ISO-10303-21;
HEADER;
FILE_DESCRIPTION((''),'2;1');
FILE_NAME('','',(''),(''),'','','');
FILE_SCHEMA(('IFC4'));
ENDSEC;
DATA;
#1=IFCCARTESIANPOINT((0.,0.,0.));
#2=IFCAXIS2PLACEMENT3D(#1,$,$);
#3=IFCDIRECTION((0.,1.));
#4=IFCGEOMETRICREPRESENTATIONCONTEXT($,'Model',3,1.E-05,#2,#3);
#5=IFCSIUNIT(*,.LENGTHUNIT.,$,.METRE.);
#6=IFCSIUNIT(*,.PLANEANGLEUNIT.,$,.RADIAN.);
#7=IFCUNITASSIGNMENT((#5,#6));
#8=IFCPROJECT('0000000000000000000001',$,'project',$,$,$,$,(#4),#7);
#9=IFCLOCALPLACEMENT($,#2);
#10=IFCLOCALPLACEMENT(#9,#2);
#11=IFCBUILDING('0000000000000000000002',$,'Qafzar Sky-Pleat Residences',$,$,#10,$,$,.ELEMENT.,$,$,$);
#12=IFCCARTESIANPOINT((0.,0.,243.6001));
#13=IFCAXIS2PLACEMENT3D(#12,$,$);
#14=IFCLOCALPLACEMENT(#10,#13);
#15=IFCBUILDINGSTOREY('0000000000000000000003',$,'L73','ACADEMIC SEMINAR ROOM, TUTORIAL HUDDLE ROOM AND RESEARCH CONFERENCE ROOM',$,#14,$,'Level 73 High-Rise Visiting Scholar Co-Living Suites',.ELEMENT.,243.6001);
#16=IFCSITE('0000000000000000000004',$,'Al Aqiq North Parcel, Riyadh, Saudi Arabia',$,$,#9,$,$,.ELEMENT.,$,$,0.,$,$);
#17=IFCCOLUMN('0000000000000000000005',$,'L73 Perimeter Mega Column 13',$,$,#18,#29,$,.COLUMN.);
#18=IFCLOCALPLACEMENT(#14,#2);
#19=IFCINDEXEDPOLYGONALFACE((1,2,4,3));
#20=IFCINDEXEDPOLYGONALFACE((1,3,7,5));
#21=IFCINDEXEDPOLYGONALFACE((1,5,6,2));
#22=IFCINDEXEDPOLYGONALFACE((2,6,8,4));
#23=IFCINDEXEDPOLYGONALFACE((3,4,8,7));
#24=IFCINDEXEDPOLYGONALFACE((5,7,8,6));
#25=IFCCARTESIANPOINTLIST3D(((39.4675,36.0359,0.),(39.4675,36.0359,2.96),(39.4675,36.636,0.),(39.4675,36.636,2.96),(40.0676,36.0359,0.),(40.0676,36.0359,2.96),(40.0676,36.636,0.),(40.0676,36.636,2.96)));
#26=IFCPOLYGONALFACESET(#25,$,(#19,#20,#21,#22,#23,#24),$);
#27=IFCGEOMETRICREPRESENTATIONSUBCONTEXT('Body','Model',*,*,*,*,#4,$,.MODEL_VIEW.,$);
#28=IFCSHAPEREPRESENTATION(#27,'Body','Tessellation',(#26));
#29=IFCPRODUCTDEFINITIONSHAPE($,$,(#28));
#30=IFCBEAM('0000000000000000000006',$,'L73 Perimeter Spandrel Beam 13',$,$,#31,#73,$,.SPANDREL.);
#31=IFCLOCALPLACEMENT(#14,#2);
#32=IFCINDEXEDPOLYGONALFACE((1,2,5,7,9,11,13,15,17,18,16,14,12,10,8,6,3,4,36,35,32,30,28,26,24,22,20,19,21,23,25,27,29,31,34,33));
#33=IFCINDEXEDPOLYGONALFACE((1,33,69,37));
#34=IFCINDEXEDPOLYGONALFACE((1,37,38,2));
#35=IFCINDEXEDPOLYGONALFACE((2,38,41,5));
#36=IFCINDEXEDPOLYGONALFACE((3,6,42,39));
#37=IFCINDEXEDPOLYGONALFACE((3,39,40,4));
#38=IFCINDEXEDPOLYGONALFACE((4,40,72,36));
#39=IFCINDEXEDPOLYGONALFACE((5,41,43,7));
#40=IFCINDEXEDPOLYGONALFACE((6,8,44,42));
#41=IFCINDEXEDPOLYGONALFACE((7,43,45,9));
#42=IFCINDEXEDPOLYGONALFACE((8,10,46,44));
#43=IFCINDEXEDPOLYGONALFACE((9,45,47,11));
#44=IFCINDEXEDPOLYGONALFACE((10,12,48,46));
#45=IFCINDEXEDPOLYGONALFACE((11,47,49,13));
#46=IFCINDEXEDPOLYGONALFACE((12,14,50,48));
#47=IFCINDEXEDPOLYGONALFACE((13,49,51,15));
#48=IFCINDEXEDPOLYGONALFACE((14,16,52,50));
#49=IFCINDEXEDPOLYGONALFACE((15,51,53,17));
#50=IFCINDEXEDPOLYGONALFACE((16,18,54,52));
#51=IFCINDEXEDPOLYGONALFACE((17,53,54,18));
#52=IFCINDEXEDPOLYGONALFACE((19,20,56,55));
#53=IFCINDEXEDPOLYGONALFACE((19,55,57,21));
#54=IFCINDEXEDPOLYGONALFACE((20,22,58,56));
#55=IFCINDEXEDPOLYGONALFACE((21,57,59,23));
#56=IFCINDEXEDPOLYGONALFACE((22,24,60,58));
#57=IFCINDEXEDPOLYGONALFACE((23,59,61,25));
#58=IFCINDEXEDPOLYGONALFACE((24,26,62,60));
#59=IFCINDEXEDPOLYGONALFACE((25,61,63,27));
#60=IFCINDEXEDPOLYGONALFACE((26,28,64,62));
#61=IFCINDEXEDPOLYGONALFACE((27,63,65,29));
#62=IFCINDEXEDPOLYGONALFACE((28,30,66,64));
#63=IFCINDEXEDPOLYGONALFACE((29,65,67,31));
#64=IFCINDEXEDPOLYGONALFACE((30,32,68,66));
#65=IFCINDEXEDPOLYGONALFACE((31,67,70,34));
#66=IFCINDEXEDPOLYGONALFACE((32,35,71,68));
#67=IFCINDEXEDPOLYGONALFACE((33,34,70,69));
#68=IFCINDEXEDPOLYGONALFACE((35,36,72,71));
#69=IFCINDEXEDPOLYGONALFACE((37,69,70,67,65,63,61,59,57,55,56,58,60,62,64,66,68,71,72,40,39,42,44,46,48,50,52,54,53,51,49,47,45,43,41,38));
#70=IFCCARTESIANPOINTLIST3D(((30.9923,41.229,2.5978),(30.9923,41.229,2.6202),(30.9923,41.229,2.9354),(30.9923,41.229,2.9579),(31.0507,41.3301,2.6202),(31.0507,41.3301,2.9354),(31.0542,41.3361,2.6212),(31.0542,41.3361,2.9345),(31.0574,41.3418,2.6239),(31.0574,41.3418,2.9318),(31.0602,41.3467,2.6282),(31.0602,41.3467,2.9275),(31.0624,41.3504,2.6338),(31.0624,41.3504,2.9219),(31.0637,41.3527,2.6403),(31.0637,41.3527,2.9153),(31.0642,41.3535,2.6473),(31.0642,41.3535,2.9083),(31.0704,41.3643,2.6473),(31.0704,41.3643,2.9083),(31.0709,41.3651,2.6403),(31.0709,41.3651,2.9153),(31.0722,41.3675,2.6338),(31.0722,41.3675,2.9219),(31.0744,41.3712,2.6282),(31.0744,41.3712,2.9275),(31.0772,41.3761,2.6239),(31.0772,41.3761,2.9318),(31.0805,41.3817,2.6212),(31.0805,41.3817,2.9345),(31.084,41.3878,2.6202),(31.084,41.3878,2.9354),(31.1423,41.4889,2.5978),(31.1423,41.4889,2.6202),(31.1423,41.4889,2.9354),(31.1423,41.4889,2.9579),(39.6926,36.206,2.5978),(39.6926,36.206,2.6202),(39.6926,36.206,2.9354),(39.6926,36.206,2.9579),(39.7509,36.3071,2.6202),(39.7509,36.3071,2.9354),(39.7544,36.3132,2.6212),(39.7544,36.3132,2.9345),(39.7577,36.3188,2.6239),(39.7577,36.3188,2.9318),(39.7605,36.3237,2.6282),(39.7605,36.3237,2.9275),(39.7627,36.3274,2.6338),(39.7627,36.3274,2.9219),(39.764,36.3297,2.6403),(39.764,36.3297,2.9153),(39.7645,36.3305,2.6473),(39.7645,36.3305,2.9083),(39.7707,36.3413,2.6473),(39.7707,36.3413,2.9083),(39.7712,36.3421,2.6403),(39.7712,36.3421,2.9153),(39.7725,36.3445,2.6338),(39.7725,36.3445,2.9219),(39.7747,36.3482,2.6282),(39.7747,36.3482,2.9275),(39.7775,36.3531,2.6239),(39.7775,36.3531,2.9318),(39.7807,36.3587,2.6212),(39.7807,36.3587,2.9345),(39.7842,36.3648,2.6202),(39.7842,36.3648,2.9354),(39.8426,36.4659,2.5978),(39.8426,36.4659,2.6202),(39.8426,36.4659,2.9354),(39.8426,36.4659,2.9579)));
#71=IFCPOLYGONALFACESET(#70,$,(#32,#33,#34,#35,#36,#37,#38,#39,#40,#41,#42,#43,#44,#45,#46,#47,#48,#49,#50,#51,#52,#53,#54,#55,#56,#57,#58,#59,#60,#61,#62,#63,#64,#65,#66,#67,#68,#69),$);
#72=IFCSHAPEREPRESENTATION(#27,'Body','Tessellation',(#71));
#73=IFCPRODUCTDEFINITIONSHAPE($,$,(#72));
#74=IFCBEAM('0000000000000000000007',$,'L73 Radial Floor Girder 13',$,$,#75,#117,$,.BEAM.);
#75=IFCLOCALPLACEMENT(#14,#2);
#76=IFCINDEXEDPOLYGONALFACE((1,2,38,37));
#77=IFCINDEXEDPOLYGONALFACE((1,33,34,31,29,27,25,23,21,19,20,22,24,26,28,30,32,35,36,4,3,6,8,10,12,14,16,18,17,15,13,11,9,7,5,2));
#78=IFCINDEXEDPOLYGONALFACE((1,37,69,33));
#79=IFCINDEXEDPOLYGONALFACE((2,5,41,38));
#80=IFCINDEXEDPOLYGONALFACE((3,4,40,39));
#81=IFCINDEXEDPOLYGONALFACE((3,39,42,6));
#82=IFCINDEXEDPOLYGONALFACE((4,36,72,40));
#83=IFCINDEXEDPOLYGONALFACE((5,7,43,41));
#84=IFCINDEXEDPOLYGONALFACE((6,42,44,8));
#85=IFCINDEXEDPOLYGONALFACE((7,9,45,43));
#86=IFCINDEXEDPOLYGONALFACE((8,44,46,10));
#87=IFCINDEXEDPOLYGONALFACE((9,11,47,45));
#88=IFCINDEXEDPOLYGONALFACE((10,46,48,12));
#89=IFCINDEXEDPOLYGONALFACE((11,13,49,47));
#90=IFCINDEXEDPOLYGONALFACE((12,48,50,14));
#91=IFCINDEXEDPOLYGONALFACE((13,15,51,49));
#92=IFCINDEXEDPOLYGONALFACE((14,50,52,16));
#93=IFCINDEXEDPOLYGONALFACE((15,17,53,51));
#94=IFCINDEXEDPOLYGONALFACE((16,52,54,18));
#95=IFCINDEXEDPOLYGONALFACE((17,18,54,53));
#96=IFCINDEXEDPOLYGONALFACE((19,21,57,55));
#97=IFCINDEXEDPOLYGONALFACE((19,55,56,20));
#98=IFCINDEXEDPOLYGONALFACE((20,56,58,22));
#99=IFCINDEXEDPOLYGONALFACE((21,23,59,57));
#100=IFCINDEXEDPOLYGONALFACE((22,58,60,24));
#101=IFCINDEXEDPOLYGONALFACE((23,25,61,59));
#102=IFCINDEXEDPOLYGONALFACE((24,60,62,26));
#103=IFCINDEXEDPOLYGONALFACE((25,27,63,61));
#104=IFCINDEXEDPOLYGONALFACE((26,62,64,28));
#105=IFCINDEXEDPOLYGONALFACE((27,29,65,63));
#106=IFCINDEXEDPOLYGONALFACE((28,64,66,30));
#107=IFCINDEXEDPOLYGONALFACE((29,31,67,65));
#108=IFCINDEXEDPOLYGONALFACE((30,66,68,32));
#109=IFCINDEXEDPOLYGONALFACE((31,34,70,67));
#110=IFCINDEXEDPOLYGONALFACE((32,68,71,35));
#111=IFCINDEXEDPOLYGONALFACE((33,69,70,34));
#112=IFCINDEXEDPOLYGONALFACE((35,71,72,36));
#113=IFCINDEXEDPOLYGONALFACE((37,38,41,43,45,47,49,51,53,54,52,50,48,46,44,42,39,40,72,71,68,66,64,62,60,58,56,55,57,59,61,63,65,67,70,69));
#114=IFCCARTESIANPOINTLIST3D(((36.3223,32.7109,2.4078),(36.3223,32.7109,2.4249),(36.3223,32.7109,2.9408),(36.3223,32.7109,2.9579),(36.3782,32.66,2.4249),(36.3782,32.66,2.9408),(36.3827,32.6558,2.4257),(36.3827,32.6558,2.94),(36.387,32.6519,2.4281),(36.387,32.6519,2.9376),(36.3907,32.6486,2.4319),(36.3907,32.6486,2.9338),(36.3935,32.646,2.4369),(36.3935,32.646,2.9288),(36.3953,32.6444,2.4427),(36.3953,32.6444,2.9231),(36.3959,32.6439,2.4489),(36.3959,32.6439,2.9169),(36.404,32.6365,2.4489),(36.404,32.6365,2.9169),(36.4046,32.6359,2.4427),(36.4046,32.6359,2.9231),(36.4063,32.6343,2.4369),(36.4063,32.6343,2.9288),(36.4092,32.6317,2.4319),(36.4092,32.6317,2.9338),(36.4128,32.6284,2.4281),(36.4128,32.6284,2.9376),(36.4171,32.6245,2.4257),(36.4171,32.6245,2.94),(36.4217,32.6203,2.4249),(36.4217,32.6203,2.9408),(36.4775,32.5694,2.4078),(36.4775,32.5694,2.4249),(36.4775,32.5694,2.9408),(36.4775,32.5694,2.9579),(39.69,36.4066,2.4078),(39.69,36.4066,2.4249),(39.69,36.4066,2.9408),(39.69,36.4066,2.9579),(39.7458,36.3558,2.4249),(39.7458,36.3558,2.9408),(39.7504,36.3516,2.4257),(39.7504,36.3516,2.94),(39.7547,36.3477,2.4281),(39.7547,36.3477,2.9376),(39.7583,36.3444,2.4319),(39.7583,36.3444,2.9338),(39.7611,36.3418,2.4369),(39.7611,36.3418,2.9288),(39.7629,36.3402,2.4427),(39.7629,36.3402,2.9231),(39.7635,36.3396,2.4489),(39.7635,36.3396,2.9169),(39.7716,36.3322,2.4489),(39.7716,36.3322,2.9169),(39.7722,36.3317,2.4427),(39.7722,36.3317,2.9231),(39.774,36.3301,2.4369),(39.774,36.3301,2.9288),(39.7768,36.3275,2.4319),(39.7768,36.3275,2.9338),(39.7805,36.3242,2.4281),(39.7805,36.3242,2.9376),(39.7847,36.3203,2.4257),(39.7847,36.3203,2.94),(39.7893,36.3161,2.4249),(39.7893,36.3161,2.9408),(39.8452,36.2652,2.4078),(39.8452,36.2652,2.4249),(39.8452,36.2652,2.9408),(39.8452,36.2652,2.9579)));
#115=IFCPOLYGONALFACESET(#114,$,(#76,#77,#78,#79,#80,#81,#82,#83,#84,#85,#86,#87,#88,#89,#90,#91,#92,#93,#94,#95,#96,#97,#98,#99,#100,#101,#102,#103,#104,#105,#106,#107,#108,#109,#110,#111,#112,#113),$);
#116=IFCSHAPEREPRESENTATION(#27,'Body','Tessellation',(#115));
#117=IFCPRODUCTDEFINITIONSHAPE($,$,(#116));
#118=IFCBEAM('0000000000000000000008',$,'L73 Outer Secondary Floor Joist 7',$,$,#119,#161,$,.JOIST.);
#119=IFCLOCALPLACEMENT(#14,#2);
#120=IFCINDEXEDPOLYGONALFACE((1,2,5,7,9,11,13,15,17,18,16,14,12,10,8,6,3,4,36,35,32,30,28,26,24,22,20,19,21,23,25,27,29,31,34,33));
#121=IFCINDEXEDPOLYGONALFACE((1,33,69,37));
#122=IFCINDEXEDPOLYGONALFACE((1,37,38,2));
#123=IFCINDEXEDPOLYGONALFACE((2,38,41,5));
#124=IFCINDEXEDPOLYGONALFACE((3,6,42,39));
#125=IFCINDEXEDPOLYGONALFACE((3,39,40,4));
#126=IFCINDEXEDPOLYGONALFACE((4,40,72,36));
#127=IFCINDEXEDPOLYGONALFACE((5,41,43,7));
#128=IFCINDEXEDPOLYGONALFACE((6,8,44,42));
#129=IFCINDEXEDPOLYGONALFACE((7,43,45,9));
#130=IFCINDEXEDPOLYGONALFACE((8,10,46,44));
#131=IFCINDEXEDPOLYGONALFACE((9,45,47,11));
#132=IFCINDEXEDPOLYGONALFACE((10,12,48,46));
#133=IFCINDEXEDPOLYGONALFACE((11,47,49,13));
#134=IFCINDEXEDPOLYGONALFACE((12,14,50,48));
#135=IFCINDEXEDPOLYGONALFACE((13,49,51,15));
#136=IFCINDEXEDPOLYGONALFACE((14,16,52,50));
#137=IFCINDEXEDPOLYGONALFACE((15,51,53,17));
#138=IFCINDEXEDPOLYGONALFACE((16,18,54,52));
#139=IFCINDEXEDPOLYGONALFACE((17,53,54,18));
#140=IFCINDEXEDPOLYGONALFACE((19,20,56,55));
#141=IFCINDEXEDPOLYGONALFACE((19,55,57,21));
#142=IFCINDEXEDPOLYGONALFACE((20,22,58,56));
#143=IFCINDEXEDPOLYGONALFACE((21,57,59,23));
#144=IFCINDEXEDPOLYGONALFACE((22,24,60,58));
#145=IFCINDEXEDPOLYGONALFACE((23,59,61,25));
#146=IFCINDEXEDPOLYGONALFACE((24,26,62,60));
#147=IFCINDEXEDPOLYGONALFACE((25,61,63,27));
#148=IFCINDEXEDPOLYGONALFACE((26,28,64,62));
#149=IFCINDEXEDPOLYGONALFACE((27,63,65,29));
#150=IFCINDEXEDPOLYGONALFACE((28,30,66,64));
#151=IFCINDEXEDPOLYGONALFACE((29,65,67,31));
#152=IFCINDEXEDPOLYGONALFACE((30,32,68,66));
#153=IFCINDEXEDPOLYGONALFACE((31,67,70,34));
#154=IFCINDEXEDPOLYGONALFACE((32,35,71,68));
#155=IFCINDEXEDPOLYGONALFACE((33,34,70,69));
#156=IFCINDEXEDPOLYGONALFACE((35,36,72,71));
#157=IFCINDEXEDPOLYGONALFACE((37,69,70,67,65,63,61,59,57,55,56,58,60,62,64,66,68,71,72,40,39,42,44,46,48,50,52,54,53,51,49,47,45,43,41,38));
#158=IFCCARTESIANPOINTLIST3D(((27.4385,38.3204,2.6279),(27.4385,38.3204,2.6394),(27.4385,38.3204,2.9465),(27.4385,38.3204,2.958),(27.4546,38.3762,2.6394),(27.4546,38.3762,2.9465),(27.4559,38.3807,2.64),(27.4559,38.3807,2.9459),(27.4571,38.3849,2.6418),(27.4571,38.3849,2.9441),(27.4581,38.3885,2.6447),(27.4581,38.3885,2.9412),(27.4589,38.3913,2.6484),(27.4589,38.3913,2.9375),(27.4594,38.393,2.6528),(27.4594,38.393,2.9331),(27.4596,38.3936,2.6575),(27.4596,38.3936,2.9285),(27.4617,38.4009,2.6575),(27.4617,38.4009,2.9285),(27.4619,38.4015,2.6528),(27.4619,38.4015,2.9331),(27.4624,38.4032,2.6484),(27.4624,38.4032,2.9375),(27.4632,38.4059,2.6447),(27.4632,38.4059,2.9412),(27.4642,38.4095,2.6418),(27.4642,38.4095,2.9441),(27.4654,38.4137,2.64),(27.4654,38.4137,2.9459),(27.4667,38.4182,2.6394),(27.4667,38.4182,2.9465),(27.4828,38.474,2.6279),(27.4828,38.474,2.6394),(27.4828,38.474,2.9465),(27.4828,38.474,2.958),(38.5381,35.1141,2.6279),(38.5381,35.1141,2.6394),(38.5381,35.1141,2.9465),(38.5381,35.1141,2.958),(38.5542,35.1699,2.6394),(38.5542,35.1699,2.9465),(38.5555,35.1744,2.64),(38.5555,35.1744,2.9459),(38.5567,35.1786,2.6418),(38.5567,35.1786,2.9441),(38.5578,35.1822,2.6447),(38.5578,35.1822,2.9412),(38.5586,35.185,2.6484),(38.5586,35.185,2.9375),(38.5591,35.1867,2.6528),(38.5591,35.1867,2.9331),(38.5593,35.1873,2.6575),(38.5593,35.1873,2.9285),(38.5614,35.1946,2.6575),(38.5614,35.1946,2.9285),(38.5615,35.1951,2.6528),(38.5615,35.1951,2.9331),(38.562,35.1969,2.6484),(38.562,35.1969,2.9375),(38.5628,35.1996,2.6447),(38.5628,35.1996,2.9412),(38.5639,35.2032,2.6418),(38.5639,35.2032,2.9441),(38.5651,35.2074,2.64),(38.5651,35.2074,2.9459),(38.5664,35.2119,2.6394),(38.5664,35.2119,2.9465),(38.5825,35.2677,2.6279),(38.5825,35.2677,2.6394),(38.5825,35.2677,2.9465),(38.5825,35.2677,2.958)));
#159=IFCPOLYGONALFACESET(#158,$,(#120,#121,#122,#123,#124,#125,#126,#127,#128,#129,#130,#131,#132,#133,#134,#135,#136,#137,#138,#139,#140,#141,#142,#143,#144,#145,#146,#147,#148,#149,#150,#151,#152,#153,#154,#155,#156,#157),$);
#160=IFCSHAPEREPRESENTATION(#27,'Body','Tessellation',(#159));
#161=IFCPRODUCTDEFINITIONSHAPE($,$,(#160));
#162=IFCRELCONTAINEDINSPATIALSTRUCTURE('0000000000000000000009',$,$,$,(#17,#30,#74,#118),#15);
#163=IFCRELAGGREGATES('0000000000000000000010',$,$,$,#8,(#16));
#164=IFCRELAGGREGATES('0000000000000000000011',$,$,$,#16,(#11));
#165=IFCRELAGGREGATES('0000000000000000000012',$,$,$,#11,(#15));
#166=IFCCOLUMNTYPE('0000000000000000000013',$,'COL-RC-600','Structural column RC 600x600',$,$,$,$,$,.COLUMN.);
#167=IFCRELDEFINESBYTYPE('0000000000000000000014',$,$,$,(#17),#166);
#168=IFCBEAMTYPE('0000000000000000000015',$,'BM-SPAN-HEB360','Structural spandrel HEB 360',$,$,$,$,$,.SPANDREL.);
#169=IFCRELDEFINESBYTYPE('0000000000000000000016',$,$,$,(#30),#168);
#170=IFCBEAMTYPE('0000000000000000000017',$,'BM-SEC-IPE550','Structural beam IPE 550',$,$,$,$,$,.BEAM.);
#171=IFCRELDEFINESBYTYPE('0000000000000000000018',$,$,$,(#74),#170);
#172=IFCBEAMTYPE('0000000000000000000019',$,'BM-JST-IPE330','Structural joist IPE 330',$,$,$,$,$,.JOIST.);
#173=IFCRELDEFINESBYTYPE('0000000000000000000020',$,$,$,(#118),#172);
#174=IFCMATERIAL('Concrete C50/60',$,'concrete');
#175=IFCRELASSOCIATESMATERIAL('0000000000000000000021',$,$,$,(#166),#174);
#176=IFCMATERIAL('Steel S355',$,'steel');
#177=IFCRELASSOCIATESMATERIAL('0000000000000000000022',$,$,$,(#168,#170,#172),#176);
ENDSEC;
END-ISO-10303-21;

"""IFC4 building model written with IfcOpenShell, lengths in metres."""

from ifc_helpers import new_model, si_unit, direction, frame, origin, origin_2d, place, context, subcontext, project, spatial, rectangle, i_section, extrude, source, transform, mapped, material, material_profile, profile_set, type_object, element, save


model = new_model("IFC4")

# Units and contexts
model_context = context("Model", 3, precision=1e-05, world=origin(), true_north=direction((0.0, 1.0)))
body_context = subcontext(model_context, "Body", "Model", "MODEL_VIEW")
ifc_project = project(units=[si_unit("LENGTHUNIT", "METRE"), si_unit("PLANEANGLEUNIT", "RADIAN")], contexts=[model_context])

# Site, building, storey
site_placement = place(None, origin())
site = spatial("IfcSite", under=ifc_project, at=site_placement, Name="Al Aqiq North Parcel, Riyadh, Saudi Arabia", CompositionType="ELEMENT", RefElevation=0.0)
building_placement = place(site_placement, origin())
building = spatial("IfcBuilding", under=site, at=building_placement, Name="Qafzar Sky-Pleat Residences", CompositionType="ELEMENT")
storey_placement = place(building_placement, frame((0.0, 0.0, 243.6001)))
storey = spatial("IfcBuildingStorey", under=building, at=storey_placement, Name="L73", Description="ACADEMIC SEMINAR ROOM, TUTORIAL HUDDLE ROOM AND RESEARCH CONFERENCE ROOM", LongName="Level 73 High-Rise Visiting Scholar Co-Living Suites", CompositionType="ELEMENT", Elevation=243.6001)

# Column
ifc_material_1 = material(Name="Concrete C50/60", Category="concrete")
ifc_material_profile_1 = material_profile(ifc_material_1, rectangle(XDim=0.6001, YDim=0.6001, at=origin_2d()), Name="RC 600x600")
ifc_profile_set_1 = profile_set([ifc_material_profile_1], Name="Concrete C50/60")
column_type = type_object("IfcColumnType", Name="COL-RC-600", Description="Structural column RC 600x600", PredefinedType="COLUMN", material=ifc_profile_set_1)
shared_shape_1 = source(origin(), body_context, "Body", "SweptSolid", [
    extrude(rectangle(XDim=0.6001, YDim=0.6001, at=origin_2d()), origin(), (0.0, 0.0, 1.0), 2.96),
])
column_placement = place(storey_placement, frame((39.7676, 36.3359, 0.0), z_axis=(0.0, 0.0, 1.0), x_axis=(1.0, 0.0, 0.0)))
element("IfcColumn", 1, at=column_placement, inside=storey, type_object=column_type, Name="L73 Perimeter Mega Column 13", PredefinedType="COLUMN", context=body_context, shape_type="MappedRepresentation", body=[
    mapped(shared_shape_1, transform((0.0, 0.0, 0.0), x_axis=(1.0, 0.0, 0.0), y_axis=(0.0, 1.0, 0.0), z_axis=(0.0, 0.0, 1.0), scale=1.0)),
])

# Beams
ifc_material_2 = material(Name="Steel S355", Category="steel")
ifc_material_profile_2 = material_profile(ifc_material_2, i_section(OverallWidth=0.3, OverallDepth=0.3601, WebThickness=0.0125, FlangeThickness=0.0225, FilletRadius=0.0271, at=origin_2d()), Name="HEB 360")
ifc_profile_set_2 = profile_set([ifc_material_profile_2], Name="Steel S355")
beam_type_1 = type_object("IfcBeamType", Name="BM-SPAN-HEB360", Description="Structural spandrel HEB 360", PredefinedType="SPANDREL", material=ifc_profile_set_2)
shared_shape_2 = source(origin(), body_context, "Body", "SweptSolid", [
    extrude(i_section(OverallWidth=0.3, OverallDepth=0.3601, WebThickness=0.0125, FlangeThickness=0.0225, FilletRadius=0.0271, at=origin_2d()), origin(), (0.0, 0.0, 1.0), 10.0461),
])
beam_1_placement = place(storey_placement, frame((39.7676, 36.3359, 2.7778), z_axis=(-0.86603, 0.499992, 0.0), x_axis=(-0.499992, -0.86603, 0.0)))
element("IfcBeam", 2, at=beam_1_placement, inside=storey, type_object=beam_type_1, Name="L73 Perimeter Spandrel Beam 13", PredefinedType="SPANDREL", context=body_context, shape_type="MappedRepresentation", body=[
    mapped(shared_shape_2, transform((0.0, 0.0, 0.0), x_axis=(1.0, 0.0, 0.0), y_axis=(0.0, 1.0, 0.0), z_axis=(0.0, 0.0, 1.0), scale=1.0)),
])
ifc_material_profile_3 = material_profile(ifc_material_2, i_section(OverallWidth=0.21, OverallDepth=0.55, WebThickness=0.011, FlangeThickness=0.0171, FilletRadius=0.0239, at=origin_2d()), Name="IPE 550")
ifc_profile_set_3 = profile_set([ifc_material_profile_3], Name="Steel S355")
beam_type_2 = type_object("IfcBeamType", Name="BM-SEC-IPE550", Description="Structural beam IPE 550", PredefinedType="BEAM", material=ifc_profile_set_3)
shared_shape_3 = source(origin(), body_context, "Body", "SweptSolid", [
    extrude(i_section(OverallWidth=0.21, OverallDepth=0.55, WebThickness=0.011, FlangeThickness=0.0171, FilletRadius=0.0239, at=origin_2d()), origin(), (0.0, 0.0, 1.0), 5.0),
])
beam_2_placement = place(storey_placement, frame((39.7676, 36.3359, 2.6829), z_axis=(-0.673533, -0.739157, 0.0), x_axis=(0.739157, -0.673533, 0.0)))
element("IfcBeam", 3, at=beam_2_placement, inside=storey, type_object=beam_type_2, Name="L73 Radial Floor Girder 13", PredefinedType="BEAM", context=body_context, shape_type="MappedRepresentation", body=[
    mapped(shared_shape_3, transform((0.0, 0.0, 0.0), x_axis=(1.0, 0.0, 0.0), y_axis=(0.0, 1.0, 0.0), z_axis=(0.0, 0.0, 1.0), scale=1.0)),
])
ifc_material_profile_4 = material_profile(ifc_material_2, i_section(OverallWidth=0.1599, OverallDepth=0.3301, WebThickness=0.0076, FlangeThickness=0.0115, FilletRadius=0.0181, at=origin_2d()), Name="IPE 330")
ifc_profile_set_4 = profile_set([ifc_material_profile_4], Name="Steel S355")
beam_type_3 = type_object("IfcBeamType", Name="BM-JST-IPE330", Description="Structural joist IPE 330", PredefinedType="JOIST", material=ifc_profile_set_4)
shared_shape_4 = source(origin(), body_context, "Body", "SweptSolid", [
    extrude(i_section(OverallWidth=0.1599, OverallDepth=0.3301, WebThickness=0.0076, FlangeThickness=0.0115, FilletRadius=0.0181, at=origin_2d()), origin(), (0.0, 0.0, 1.0), 11.5535),
])
beam_3_placement = place(storey_placement, frame((38.5603, 35.1909, 2.793), z_axis=(-0.96072, 0.277519, 0.0), x_axis=(-0.277519, -0.96072, 0.0)))
element("IfcBeam", 4, at=beam_3_placement, inside=storey, type_object=beam_type_3, Name="L73 Outer Secondary Floor Joist 7", PredefinedType="JOIST", context=body_context, shape_type="MappedRepresentation", body=[
    mapped(shared_shape_4, transform((0.0, 0.0, 0.0), x_axis=(1.0, 0.0, 0.0), y_axis=(0.0, 1.0, 0.0), z_axis=(0.0, 0.0, 1.0), scale=1.0)),
])

save(model, "model.ifc")
